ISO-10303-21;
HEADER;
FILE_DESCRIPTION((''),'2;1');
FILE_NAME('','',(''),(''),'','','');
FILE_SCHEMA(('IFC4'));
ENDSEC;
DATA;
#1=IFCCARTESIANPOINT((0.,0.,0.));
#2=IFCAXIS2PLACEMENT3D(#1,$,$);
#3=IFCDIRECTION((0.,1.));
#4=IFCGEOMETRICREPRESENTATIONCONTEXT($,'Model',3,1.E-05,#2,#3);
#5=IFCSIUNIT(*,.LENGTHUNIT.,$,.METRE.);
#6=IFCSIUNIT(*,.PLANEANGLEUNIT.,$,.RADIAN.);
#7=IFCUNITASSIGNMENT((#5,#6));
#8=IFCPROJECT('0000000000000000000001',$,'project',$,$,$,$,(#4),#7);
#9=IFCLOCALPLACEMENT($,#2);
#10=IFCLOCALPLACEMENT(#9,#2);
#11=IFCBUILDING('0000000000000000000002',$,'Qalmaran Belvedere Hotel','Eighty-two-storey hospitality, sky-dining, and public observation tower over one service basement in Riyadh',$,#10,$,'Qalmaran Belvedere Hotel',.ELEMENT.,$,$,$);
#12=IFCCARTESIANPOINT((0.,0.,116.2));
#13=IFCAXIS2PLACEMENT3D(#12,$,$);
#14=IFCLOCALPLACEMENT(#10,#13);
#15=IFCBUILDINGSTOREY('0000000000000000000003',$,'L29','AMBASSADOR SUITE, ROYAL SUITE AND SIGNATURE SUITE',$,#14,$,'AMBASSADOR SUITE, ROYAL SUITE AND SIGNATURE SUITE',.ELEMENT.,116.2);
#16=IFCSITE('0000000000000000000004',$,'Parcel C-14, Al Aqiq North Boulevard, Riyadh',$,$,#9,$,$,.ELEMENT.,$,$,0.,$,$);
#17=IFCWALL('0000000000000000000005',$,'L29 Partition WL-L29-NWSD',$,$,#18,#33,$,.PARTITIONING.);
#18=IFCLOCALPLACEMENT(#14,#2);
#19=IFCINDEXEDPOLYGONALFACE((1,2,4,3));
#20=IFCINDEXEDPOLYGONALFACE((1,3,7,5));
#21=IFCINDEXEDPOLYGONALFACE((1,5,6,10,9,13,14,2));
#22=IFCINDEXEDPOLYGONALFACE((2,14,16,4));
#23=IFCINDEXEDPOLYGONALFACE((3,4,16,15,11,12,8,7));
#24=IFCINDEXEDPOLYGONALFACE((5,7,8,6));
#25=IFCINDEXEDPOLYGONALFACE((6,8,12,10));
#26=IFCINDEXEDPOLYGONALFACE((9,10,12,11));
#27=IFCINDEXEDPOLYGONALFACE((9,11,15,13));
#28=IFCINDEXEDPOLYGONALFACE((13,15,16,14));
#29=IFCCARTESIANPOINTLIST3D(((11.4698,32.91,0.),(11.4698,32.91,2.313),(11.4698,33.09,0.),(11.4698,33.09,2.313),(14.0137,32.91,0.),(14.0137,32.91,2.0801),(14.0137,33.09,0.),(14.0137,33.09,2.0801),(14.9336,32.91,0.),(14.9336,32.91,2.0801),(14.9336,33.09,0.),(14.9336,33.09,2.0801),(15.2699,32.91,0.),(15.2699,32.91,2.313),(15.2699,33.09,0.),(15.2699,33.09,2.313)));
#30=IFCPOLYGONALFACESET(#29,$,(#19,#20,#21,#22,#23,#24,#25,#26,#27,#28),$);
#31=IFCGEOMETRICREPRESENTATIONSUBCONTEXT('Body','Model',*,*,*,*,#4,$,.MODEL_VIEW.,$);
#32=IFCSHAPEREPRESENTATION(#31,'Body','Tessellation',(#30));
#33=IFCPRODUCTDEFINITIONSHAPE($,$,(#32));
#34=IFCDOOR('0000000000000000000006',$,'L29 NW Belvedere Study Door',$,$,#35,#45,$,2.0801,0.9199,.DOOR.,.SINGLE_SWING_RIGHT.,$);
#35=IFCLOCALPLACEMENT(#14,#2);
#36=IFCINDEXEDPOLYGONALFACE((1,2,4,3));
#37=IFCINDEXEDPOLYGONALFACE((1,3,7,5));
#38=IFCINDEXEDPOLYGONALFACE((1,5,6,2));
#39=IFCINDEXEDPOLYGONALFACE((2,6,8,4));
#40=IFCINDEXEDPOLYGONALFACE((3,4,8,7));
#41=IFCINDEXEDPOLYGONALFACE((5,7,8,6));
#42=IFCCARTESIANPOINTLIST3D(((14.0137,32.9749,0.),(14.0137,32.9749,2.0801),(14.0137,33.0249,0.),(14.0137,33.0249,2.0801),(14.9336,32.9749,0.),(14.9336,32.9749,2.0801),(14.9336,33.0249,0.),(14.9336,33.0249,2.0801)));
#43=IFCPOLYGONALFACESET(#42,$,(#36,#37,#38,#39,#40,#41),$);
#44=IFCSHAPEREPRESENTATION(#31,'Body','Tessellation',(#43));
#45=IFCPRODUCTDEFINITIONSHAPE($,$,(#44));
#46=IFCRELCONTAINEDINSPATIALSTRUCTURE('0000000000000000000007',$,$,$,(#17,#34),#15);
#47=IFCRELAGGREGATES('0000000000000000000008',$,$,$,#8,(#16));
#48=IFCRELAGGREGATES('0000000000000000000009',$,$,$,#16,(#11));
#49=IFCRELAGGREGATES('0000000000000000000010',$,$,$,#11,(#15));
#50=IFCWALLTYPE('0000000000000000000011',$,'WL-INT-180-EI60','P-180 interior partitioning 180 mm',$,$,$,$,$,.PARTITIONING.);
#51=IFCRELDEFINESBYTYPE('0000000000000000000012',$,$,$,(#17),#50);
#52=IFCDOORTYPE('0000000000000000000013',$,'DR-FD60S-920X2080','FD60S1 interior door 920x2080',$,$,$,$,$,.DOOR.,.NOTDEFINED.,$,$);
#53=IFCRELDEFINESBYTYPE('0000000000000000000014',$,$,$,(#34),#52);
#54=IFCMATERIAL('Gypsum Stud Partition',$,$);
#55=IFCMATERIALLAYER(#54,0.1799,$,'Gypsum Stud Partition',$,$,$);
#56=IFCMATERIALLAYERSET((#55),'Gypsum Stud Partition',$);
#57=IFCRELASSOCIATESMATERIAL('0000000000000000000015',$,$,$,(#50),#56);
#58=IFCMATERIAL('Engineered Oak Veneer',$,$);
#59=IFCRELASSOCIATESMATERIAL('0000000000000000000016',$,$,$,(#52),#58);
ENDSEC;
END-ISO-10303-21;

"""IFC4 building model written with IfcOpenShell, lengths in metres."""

from ifc_helpers import new_model, si_unit, direction, frame, frame_2d, origin, place, context, subcontext, project, spatial, rectangle, extrude, material, layer, layer_set, type_object, element, fill, save


model = new_model("IFC4")

# Units and contexts
model_context = context("Model", 3, precision=1e-05, world=origin(), true_north=direction((0.0, 1.0)))
body_context = subcontext(model_context, "Body", "Model", "MODEL_VIEW")
ifc_project = project(units=[si_unit("LENGTHUNIT", "METRE"), si_unit("PLANEANGLEUNIT", "RADIAN")], contexts=[model_context])

# Site, building, storey
site_placement = place(None, origin())
site = spatial("IfcSite", under=ifc_project, at=site_placement, Name="Parcel C-14, Al Aqiq North Boulevard, Riyadh", CompositionType="ELEMENT", RefElevation=0.0)
building_placement = place(site_placement, origin())
building = spatial("IfcBuilding", under=site, at=building_placement, Name="Qalmaran Belvedere Hotel", Description="Eighty-two-storey hospitality, sky-dining, and public observation tower over one service basement in Riyadh", LongName="Qalmaran Belvedere Hotel", CompositionType="ELEMENT")
storey_placement = place(building_placement, frame((0.0, 0.0, 116.2)))
storey = spatial("IfcBuildingStorey", under=building, at=storey_placement, Name="L29", Description="AMBASSADOR SUITE, ROYAL SUITE AND SIGNATURE SUITE", LongName="AMBASSADOR SUITE, ROYAL SUITE AND SIGNATURE SUITE", CompositionType="ELEMENT", Elevation=116.2)

# Shared definitions
ifc_material_1 = material(Name="Engineered Oak Veneer")

# Shared definitions
ifc_material_2 = material(Name="Gypsum Stud Partition")

# Wall, opening, door
ifc_layer_1 = layer(ifc_material_2, 0.1799, Name="Gypsum Stud Partition")
ifc_layer_set_1 = layer_set([ifc_layer_1], Name="Gypsum Stud Partition")
wall_type_1 = type_object("IfcWallType", Name="WL-INT-180-EI60", Description="P-180 interior partitioning 180 mm", PredefinedType="PARTITIONING", material=ifc_layer_set_1)
wall_1_placement = place(storey_placement, frame((11.47, 33.0, 0.0), z_axis=(0.0, 0.0, 1.0), x_axis=(1.0, 0.0, 0.0)))
wall_1 = element("IfcWall", 1, at=wall_1_placement, inside=storey, type_object=wall_type_1, Name="L29 Partition WL-L29-NWSD", PredefinedType="PARTITIONING", context=body_context, shape_type="SweptSolid", body=[
    extrude(rectangle(XDim=3.8, YDim=0.1799, at=frame_2d((1.8999, 0.0))), origin(), (0.0, 0.0, 1.0), 2.313),
])
opening_1_placement = place(wall_1_placement, frame((2.5437, 0.0, 0.0)))
opening_1 = element("IfcOpeningElement", 2, at=opening_1_placement, cuts=wall_1, PredefinedType="OPENING", context=body_context, shape_type="SweptSolid", body=[
    extrude(rectangle(XDim=0.9199, YDim=2.0801, at=frame_2d((0.46, 1.04))), frame((0.0, 0.1001, 0.0), z_axis=(0.0, -1.0, 0.0), x_axis=(1.0, 0.0, 0.0)), (0.0, 0.0, 1.0), 0.2),
])
door_type_1 = type_object("IfcDoorType", Name="DR-FD60S-920X2080", Description="FD60S1 interior door 920x2080", OperationType="NOTDEFINED", PredefinedType="DOOR", material=ifc_material_1)
door_1_placement = place(opening_1_placement, origin())
door_1 = element("IfcDoor", 3, at=door_1_placement, inside=storey, type_object=door_type_1, Name="L29 NW Belvedere Study Door", OperationType="SINGLE_SWING_RIGHT", OverallHeight=2.0801, OverallWidth=0.9199, PredefinedType="DOOR", context=body_context, shape_type="SweptSolid", body=[
    extrude(rectangle(XDim=0.9199, YDim=2.0801, at=frame_2d((0.46, 1.04))), frame((0.0, 0.0249, 0.0), z_axis=(0.0, -1.0, 0.0), x_axis=(1.0, 0.0, 0.0)), (0.0, 0.0, 1.0), 0.05),
])
fill(opening_1, door_1)

save(model, "model.ifc")
